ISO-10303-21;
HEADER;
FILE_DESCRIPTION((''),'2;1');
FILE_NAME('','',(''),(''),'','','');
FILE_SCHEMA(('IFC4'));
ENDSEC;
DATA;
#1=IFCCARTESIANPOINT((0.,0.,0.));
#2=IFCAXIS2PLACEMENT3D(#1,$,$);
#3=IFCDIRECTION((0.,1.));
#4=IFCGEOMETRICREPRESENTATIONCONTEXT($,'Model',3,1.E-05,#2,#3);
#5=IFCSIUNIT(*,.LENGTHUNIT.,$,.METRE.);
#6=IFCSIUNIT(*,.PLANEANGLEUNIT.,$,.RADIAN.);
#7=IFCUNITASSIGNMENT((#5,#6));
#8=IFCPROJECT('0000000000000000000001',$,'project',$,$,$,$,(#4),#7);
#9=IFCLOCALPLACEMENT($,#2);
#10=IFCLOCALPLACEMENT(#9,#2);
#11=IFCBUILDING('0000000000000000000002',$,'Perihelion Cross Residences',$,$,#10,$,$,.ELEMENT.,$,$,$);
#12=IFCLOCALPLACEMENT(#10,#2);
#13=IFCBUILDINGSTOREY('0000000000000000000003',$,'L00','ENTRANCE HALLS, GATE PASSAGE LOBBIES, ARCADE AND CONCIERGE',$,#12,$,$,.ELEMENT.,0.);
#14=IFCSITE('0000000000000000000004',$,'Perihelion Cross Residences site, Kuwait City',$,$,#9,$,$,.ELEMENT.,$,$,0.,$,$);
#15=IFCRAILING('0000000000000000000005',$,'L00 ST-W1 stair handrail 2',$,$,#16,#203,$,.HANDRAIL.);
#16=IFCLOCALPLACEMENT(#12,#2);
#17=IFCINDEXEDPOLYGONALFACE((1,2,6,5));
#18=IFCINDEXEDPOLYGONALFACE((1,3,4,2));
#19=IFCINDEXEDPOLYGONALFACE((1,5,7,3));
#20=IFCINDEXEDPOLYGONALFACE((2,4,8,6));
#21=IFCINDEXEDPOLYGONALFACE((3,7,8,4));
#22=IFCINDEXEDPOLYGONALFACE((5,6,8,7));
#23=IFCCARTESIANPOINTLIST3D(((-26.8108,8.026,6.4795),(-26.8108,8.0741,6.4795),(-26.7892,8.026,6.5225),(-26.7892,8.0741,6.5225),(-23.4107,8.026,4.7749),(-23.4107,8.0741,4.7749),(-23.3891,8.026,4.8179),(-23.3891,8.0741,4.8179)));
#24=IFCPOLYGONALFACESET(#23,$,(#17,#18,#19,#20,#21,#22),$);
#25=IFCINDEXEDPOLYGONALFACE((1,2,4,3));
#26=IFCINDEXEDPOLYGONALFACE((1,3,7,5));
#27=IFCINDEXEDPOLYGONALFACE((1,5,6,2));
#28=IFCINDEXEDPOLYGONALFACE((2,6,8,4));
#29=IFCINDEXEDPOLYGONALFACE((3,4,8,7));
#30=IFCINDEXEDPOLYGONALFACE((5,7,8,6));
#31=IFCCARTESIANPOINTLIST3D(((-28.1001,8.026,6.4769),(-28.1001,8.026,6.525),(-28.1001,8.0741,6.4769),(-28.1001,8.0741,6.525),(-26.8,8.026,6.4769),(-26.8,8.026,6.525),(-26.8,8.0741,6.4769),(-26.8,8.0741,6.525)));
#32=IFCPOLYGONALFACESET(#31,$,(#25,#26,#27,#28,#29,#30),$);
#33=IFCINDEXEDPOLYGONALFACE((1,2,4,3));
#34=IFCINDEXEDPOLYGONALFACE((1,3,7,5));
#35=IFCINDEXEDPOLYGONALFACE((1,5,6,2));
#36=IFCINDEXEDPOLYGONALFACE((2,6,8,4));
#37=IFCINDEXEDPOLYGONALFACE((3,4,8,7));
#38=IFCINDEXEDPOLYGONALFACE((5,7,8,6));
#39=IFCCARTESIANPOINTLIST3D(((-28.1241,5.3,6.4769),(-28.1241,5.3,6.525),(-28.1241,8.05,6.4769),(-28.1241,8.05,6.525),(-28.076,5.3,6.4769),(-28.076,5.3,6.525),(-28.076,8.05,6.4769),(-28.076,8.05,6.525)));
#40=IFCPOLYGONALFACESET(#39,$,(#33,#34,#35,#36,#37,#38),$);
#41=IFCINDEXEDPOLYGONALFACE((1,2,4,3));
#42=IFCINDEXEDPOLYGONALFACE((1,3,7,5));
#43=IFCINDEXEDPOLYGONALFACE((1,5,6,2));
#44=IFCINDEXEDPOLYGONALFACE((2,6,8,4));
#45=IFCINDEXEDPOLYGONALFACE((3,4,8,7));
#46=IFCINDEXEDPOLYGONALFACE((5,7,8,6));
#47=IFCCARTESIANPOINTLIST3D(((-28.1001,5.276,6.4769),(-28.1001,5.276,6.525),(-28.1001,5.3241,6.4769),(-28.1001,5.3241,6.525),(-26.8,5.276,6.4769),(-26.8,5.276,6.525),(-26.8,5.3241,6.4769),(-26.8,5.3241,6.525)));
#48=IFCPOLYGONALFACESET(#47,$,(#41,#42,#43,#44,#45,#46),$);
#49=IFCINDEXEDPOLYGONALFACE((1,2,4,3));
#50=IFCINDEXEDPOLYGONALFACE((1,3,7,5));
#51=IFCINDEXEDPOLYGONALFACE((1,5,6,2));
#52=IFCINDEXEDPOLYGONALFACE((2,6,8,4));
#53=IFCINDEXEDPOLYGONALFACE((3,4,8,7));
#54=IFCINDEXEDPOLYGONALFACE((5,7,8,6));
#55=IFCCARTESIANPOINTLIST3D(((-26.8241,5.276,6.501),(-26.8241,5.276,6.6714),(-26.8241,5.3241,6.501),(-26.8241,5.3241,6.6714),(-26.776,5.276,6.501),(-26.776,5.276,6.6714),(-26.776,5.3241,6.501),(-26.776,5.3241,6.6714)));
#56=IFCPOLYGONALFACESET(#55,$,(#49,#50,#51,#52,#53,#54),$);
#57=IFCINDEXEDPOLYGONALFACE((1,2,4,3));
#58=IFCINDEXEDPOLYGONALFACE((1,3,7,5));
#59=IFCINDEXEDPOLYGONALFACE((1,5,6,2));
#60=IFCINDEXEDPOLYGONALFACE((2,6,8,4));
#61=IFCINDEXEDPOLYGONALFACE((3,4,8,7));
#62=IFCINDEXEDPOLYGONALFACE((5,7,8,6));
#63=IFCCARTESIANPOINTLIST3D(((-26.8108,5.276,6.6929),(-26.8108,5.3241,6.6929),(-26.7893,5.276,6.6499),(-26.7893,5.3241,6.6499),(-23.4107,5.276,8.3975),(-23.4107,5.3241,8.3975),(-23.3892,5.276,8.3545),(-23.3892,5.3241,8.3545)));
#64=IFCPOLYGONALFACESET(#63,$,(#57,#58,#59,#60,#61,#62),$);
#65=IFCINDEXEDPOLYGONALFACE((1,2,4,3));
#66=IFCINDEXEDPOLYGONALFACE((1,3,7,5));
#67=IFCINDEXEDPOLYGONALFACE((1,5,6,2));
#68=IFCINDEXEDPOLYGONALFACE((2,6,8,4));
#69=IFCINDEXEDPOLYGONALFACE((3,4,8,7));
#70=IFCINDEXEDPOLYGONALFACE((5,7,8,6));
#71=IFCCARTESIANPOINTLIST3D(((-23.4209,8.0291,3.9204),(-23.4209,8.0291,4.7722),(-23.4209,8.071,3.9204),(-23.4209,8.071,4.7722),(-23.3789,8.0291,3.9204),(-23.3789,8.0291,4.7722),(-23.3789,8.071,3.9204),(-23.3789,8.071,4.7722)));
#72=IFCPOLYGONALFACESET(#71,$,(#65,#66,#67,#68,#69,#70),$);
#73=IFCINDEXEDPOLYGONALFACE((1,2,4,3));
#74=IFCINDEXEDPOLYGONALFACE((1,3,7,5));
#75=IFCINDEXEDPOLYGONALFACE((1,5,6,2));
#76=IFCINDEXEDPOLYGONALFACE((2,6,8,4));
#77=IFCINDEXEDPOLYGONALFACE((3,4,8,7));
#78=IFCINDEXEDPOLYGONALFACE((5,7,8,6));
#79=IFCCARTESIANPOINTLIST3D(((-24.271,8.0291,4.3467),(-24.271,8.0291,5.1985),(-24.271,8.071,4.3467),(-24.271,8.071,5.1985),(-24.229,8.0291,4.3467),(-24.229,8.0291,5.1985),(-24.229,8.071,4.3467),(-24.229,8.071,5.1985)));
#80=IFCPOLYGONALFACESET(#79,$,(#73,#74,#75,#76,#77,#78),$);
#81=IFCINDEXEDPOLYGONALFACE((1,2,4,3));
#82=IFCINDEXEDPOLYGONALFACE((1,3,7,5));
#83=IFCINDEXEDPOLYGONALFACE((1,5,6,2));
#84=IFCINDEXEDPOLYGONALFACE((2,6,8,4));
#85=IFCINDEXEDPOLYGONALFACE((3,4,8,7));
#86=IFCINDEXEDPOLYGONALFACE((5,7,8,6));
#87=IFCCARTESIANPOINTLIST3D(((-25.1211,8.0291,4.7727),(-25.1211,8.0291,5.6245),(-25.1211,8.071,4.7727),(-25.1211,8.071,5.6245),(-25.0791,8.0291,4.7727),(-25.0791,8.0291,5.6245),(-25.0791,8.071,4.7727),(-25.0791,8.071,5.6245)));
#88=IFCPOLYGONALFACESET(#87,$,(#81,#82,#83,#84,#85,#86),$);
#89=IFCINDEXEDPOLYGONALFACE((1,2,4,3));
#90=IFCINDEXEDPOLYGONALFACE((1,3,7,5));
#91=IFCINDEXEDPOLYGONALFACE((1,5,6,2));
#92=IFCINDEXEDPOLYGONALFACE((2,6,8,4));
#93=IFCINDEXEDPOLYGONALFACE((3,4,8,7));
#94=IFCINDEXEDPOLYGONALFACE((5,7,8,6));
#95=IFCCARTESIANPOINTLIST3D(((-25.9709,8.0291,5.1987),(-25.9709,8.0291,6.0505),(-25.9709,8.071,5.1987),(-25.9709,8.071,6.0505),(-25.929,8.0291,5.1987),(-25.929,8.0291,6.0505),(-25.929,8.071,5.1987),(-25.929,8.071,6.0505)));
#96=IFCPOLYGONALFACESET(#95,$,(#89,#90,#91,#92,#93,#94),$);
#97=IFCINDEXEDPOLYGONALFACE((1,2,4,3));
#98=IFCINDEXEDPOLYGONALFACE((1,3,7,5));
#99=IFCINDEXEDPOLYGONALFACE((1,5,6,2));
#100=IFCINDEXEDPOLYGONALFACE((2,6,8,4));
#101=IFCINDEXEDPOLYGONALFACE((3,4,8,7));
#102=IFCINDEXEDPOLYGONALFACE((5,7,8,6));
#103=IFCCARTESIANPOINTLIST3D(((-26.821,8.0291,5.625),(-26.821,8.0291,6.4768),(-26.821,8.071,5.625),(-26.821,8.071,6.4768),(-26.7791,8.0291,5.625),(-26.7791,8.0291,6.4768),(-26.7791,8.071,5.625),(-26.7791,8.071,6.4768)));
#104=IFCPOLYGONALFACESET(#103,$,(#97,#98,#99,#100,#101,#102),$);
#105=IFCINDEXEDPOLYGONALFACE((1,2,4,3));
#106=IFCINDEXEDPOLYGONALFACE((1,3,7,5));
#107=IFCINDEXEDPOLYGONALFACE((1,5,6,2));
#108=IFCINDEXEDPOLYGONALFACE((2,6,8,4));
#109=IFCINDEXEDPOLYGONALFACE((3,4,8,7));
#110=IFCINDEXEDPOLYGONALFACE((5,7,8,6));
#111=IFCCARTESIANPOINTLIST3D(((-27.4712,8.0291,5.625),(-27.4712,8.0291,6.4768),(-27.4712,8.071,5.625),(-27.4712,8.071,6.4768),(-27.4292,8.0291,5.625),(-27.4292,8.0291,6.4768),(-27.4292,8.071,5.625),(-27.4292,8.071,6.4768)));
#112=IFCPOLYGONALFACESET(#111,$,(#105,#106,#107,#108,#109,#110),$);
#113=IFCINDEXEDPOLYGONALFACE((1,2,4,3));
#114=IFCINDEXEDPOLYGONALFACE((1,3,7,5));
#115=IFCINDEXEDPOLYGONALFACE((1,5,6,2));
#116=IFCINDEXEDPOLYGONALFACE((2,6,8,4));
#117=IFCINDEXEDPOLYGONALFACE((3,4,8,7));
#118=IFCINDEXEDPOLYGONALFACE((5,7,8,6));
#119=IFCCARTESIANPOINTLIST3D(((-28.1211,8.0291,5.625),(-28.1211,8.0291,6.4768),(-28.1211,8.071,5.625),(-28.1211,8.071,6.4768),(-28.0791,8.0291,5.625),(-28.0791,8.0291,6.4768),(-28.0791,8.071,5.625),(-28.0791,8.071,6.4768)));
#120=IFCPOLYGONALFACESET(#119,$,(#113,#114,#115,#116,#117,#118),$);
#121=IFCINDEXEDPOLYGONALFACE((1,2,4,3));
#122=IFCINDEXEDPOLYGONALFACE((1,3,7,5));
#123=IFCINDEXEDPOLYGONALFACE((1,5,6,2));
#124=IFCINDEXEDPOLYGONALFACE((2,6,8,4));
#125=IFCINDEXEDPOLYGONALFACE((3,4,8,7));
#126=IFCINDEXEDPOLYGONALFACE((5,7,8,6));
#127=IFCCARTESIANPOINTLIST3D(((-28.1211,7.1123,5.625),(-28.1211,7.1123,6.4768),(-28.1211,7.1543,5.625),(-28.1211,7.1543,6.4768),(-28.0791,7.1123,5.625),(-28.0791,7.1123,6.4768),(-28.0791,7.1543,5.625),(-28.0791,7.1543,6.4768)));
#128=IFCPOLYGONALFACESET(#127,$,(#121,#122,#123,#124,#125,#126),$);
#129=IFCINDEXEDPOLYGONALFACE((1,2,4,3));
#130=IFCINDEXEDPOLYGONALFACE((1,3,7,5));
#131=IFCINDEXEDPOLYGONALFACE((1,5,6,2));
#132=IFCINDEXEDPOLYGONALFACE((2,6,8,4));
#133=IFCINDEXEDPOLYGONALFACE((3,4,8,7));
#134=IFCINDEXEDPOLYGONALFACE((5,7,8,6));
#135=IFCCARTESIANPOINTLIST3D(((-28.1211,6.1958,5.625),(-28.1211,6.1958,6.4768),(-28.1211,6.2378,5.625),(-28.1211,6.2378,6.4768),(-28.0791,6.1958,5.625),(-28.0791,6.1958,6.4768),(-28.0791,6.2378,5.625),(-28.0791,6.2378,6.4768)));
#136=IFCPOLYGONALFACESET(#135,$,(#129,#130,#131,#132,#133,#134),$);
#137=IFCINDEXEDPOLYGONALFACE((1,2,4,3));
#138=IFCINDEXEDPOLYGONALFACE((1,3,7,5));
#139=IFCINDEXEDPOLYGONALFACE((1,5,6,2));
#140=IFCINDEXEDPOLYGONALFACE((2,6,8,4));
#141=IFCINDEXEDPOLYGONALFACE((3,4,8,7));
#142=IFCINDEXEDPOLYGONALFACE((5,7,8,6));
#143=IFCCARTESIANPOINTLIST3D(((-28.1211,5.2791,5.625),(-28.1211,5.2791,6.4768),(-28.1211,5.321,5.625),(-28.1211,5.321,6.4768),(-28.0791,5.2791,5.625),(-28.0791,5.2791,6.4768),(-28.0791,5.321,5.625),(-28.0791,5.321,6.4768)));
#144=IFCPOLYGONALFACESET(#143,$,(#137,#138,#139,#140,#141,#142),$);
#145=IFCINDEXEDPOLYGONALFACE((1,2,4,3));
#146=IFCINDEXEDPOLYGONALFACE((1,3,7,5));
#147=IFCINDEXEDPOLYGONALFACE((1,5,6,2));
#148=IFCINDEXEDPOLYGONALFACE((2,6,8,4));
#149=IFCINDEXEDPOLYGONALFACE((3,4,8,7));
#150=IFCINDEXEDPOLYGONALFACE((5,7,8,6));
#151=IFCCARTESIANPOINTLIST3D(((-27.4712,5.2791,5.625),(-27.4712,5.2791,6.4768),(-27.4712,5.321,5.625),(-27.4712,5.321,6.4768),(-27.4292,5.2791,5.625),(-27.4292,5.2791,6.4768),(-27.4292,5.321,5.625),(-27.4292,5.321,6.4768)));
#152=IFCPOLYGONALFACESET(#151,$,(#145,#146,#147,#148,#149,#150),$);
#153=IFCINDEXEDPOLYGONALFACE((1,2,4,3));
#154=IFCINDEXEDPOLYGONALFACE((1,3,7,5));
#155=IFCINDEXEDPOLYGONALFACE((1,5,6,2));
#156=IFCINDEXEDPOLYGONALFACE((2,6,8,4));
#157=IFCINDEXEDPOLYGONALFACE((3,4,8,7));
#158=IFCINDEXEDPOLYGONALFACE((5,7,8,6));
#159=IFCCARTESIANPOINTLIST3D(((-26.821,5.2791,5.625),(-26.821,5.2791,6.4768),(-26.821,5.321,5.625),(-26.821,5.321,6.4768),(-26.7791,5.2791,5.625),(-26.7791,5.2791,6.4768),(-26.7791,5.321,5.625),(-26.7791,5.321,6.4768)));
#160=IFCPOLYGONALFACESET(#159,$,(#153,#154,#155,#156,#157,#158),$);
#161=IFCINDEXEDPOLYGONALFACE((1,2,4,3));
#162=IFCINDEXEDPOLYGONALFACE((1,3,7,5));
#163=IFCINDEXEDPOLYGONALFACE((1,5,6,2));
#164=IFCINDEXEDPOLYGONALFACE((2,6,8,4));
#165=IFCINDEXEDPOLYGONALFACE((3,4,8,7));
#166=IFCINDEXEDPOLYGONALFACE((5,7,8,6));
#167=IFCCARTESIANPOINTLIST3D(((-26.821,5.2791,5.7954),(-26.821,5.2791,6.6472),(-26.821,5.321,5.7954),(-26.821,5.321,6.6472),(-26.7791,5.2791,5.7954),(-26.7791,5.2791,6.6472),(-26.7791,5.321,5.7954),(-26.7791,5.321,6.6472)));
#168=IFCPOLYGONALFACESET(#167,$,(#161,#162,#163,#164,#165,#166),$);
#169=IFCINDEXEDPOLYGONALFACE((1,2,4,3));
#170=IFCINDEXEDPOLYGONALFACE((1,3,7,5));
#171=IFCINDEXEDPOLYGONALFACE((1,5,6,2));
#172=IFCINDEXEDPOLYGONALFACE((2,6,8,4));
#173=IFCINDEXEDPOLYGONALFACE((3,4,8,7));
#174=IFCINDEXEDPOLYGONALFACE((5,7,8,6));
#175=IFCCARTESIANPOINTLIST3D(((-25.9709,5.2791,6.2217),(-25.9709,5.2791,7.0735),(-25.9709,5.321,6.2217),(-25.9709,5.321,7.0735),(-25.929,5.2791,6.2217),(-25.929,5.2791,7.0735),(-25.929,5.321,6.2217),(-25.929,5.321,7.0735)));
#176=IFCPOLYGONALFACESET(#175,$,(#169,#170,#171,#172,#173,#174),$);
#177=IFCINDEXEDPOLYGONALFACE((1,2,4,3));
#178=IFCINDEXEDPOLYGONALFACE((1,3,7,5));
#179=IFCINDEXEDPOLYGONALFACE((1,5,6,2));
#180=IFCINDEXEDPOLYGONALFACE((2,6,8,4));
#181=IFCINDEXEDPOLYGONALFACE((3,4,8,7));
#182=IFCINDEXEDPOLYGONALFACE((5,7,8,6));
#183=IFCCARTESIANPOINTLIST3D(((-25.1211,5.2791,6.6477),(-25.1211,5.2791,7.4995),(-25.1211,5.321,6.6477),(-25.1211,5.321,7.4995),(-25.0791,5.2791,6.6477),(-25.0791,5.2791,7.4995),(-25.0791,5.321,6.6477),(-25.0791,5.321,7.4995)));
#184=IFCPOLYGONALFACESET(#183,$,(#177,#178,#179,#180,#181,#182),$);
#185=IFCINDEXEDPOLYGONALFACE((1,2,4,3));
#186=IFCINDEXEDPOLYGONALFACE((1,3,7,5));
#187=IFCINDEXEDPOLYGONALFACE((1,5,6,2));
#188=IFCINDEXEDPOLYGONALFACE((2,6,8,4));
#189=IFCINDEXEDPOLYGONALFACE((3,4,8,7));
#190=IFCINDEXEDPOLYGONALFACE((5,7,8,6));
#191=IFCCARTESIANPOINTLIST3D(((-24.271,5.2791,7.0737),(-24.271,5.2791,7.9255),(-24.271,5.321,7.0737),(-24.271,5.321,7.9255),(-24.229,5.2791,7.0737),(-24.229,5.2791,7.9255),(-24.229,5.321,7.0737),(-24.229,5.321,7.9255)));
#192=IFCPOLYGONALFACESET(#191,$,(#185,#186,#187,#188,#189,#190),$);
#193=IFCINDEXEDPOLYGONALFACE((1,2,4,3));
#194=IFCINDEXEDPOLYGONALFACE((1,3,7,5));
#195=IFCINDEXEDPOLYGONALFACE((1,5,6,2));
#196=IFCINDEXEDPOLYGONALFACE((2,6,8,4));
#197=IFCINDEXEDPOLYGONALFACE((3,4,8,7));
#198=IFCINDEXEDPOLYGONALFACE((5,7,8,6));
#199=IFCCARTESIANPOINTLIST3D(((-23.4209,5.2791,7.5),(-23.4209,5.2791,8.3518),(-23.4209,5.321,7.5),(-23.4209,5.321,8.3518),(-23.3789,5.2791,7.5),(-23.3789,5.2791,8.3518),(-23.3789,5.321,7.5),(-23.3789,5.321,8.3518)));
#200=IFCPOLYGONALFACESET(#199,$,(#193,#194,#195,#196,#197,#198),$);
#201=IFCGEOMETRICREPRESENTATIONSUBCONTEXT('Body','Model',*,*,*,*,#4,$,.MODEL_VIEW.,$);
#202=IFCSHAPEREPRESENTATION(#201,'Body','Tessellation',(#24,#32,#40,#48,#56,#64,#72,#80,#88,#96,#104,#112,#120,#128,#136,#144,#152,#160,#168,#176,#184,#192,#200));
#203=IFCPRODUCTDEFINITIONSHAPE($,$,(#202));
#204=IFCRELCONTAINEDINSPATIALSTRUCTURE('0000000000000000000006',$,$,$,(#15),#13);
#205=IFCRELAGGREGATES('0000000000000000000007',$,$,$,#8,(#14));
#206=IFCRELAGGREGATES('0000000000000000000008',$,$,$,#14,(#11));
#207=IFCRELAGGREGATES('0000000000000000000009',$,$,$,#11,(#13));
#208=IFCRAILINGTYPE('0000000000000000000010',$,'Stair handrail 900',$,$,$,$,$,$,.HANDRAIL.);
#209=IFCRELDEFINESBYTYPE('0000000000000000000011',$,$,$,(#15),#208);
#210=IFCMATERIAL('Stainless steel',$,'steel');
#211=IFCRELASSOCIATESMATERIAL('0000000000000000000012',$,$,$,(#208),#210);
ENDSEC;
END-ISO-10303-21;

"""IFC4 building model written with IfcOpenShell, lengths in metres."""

from ifc_helpers import new_model, si_unit, direction, frame, origin, origin_2d, place, context, subcontext, project, spatial, rectangle, extrude, material, type_object, element, save


model = new_model("IFC4")

# Units and contexts
model_context = context("Model", 3, precision=1e-05, world=origin(), true_north=direction((0.0, 1.0)))
body_context = subcontext(model_context, "Body", "Model", "MODEL_VIEW")
ifc_project = project(units=[si_unit("LENGTHUNIT", "METRE"), si_unit("PLANEANGLEUNIT", "RADIAN")], contexts=[model_context])

# Site, building, storey
site_placement = place(None, origin())
site = spatial("IfcSite", under=ifc_project, at=site_placement, Name="Perihelion Cross Residences site, Kuwait City", CompositionType="ELEMENT", RefElevation=0.0)
building_placement = place(site_placement, origin())
building = spatial("IfcBuilding", under=site, at=building_placement, Name="Perihelion Cross Residences", CompositionType="ELEMENT")
storey_placement = place(building_placement, origin())
storey = spatial("IfcBuildingStorey", under=building, at=storey_placement, Name="L00", Description="ENTRANCE HALLS, GATE PASSAGE LOBBIES, ARCADE AND CONCIERGE", CompositionType="ELEMENT", Elevation=0.0)

# Railing
ifc_material_1 = material(Name="Stainless steel", Category="steel")
railing_type_1 = type_object("IfcRailingType", Name="Stair handrail 900", PredefinedType="HANDRAIL", material=ifc_material_1)
railing_1_placement = place(storey_placement, frame((-23.3999, 8.05, 3.9204)))
element("IfcRailing", 1, at=railing_1_placement, inside=storey, type_object=railing_type_1, Name="L00 ST-W1 stair handrail 2", PredefinedType="HANDRAIL", context=body_context, shape_type="SweptSolid", body=[
    extrude(rectangle(XDim=0.0481, YDim=0.0481, at=origin_2d()), frame((0.0, 0.0, 0.876), z_axis=(-0.893952, 0.0, 0.448163), x_axis=(0.0, -1.0, 0.0)), (0.0, 0.0, 1.0), 3.8035),
    extrude(rectangle(XDim=0.0481, YDim=0.0481, at=origin_2d()), frame((-3.4001, 0.0, 2.5806), z_axis=(-1.0, 0.0, 0.0), x_axis=(0.0, -1.0, 0.0)), (0.0, 0.0, 1.0), 1.3),
    extrude(rectangle(XDim=0.0481, YDim=0.0481, at=origin_2d()), frame((-4.7002, 0.0, 2.5806), z_axis=(0.0, -1.0, 0.0), x_axis=(1.0, 0.0, 0.0)), (0.0, 0.0, 1.0), 2.75),
    extrude(rectangle(XDim=0.0481, YDim=0.0481, at=origin_2d()), frame((-4.7002, -2.75, 2.5806), z_axis=(1.0, 0.0, 0.0), x_axis=(0.0, 1.0, 0.0)), (0.0, 0.0, 1.0), 1.3),
    extrude(rectangle(XDim=0.0481, YDim=0.0481, at=origin_2d()), frame((-3.4001, -2.75, 2.5806), z_axis=(0.0, 0.0, 1.0), x_axis=(1.0, 0.0, 0.0)), (0.0, 0.0, 1.0), 0.1704),
    extrude(rectangle(XDim=0.0481, YDim=0.0481, at=origin_2d()), frame((-3.4001, -2.75, 2.751), z_axis=(0.893952, 0.0, 0.448163), x_axis=(0.0, 1.0, 0.0)), (0.0, 0.0, 1.0), 3.8035),
    extrude(rectangle(XDim=0.042, YDim=0.042, at=origin_2d()), origin(), (0.0, 0.0, 1.0), 0.8518),
    extrude(rectangle(XDim=0.042, YDim=0.042, at=origin_2d()), frame((-0.8501, 0.0, 0.4263)), (0.0, 0.0, 1.0), 0.8518),
    extrude(rectangle(XDim=0.042, YDim=0.042, at=origin_2d()), frame((-1.7002, 0.0, 0.8523)), (0.0, 0.0, 1.0), 0.8518),
    extrude(rectangle(XDim=0.042, YDim=0.042, at=origin_2d()), frame((-2.55, 0.0, 1.2783)), (0.0, 0.0, 1.0), 0.8518),
    extrude(rectangle(XDim=0.042, YDim=0.042, at=origin_2d()), frame((-3.4001, 0.0, 1.7046)), (0.0, 0.0, 1.0), 0.8518),
    extrude(rectangle(XDim=0.042, YDim=0.042, at=origin_2d()), frame((-4.0503, 0.0, 1.7046)), (0.0, 0.0, 1.0), 0.8518),
    extrude(rectangle(XDim=0.042, YDim=0.042, at=origin_2d()), frame((-4.7002, 0.0, 1.7046)), (0.0, 0.0, 1.0), 0.8518),
    extrude(rectangle(XDim=0.042, YDim=0.042, at=origin_2d()), frame((-4.7002, -0.9167, 1.7046)), (0.0, 0.0, 1.0), 0.8518),
    extrude(rectangle(XDim=0.042, YDim=0.042, at=origin_2d()), frame((-4.7002, -1.8333, 1.7046)), (0.0, 0.0, 1.0), 0.8518),
    extrude(rectangle(XDim=0.042, YDim=0.042, at=origin_2d()), frame((-4.7002, -2.75, 1.7046)), (0.0, 0.0, 1.0), 0.8518),
    extrude(rectangle(XDim=0.042, YDim=0.042, at=origin_2d()), frame((-4.0503, -2.75, 1.7046)), (0.0, 0.0, 1.0), 0.8518),
    extrude(rectangle(XDim=0.042, YDim=0.042, at=origin_2d()), frame((-3.4001, -2.75, 1.7046)), (0.0, 0.0, 1.0), 0.8518),
    extrude(rectangle(XDim=0.042, YDim=0.042, at=origin_2d()), frame((-3.4001, -2.75, 1.875)), (0.0, 0.0, 1.0), 0.8518),
    extrude(rectangle(XDim=0.042, YDim=0.042, at=origin_2d()), frame((-2.55, -2.75, 2.3013)), (0.0, 0.0, 1.0), 0.8518),
    extrude(rectangle(XDim=0.042, YDim=0.042, at=origin_2d()), frame((-1.7002, -2.75, 2.7273)), (0.0, 0.0, 1.0), 0.8518),
    extrude(rectangle(XDim=0.042, YDim=0.042, at=origin_2d()), frame((-0.8501, -2.75, 3.1533)), (0.0, 0.0, 1.0), 0.8518),
    extrude(rectangle(XDim=0.042, YDim=0.042, at=origin_2d()), frame((0.0, -2.75, 3.5796)), (0.0, 0.0, 1.0), 0.8518),
])

save(model, "model.ifc")
